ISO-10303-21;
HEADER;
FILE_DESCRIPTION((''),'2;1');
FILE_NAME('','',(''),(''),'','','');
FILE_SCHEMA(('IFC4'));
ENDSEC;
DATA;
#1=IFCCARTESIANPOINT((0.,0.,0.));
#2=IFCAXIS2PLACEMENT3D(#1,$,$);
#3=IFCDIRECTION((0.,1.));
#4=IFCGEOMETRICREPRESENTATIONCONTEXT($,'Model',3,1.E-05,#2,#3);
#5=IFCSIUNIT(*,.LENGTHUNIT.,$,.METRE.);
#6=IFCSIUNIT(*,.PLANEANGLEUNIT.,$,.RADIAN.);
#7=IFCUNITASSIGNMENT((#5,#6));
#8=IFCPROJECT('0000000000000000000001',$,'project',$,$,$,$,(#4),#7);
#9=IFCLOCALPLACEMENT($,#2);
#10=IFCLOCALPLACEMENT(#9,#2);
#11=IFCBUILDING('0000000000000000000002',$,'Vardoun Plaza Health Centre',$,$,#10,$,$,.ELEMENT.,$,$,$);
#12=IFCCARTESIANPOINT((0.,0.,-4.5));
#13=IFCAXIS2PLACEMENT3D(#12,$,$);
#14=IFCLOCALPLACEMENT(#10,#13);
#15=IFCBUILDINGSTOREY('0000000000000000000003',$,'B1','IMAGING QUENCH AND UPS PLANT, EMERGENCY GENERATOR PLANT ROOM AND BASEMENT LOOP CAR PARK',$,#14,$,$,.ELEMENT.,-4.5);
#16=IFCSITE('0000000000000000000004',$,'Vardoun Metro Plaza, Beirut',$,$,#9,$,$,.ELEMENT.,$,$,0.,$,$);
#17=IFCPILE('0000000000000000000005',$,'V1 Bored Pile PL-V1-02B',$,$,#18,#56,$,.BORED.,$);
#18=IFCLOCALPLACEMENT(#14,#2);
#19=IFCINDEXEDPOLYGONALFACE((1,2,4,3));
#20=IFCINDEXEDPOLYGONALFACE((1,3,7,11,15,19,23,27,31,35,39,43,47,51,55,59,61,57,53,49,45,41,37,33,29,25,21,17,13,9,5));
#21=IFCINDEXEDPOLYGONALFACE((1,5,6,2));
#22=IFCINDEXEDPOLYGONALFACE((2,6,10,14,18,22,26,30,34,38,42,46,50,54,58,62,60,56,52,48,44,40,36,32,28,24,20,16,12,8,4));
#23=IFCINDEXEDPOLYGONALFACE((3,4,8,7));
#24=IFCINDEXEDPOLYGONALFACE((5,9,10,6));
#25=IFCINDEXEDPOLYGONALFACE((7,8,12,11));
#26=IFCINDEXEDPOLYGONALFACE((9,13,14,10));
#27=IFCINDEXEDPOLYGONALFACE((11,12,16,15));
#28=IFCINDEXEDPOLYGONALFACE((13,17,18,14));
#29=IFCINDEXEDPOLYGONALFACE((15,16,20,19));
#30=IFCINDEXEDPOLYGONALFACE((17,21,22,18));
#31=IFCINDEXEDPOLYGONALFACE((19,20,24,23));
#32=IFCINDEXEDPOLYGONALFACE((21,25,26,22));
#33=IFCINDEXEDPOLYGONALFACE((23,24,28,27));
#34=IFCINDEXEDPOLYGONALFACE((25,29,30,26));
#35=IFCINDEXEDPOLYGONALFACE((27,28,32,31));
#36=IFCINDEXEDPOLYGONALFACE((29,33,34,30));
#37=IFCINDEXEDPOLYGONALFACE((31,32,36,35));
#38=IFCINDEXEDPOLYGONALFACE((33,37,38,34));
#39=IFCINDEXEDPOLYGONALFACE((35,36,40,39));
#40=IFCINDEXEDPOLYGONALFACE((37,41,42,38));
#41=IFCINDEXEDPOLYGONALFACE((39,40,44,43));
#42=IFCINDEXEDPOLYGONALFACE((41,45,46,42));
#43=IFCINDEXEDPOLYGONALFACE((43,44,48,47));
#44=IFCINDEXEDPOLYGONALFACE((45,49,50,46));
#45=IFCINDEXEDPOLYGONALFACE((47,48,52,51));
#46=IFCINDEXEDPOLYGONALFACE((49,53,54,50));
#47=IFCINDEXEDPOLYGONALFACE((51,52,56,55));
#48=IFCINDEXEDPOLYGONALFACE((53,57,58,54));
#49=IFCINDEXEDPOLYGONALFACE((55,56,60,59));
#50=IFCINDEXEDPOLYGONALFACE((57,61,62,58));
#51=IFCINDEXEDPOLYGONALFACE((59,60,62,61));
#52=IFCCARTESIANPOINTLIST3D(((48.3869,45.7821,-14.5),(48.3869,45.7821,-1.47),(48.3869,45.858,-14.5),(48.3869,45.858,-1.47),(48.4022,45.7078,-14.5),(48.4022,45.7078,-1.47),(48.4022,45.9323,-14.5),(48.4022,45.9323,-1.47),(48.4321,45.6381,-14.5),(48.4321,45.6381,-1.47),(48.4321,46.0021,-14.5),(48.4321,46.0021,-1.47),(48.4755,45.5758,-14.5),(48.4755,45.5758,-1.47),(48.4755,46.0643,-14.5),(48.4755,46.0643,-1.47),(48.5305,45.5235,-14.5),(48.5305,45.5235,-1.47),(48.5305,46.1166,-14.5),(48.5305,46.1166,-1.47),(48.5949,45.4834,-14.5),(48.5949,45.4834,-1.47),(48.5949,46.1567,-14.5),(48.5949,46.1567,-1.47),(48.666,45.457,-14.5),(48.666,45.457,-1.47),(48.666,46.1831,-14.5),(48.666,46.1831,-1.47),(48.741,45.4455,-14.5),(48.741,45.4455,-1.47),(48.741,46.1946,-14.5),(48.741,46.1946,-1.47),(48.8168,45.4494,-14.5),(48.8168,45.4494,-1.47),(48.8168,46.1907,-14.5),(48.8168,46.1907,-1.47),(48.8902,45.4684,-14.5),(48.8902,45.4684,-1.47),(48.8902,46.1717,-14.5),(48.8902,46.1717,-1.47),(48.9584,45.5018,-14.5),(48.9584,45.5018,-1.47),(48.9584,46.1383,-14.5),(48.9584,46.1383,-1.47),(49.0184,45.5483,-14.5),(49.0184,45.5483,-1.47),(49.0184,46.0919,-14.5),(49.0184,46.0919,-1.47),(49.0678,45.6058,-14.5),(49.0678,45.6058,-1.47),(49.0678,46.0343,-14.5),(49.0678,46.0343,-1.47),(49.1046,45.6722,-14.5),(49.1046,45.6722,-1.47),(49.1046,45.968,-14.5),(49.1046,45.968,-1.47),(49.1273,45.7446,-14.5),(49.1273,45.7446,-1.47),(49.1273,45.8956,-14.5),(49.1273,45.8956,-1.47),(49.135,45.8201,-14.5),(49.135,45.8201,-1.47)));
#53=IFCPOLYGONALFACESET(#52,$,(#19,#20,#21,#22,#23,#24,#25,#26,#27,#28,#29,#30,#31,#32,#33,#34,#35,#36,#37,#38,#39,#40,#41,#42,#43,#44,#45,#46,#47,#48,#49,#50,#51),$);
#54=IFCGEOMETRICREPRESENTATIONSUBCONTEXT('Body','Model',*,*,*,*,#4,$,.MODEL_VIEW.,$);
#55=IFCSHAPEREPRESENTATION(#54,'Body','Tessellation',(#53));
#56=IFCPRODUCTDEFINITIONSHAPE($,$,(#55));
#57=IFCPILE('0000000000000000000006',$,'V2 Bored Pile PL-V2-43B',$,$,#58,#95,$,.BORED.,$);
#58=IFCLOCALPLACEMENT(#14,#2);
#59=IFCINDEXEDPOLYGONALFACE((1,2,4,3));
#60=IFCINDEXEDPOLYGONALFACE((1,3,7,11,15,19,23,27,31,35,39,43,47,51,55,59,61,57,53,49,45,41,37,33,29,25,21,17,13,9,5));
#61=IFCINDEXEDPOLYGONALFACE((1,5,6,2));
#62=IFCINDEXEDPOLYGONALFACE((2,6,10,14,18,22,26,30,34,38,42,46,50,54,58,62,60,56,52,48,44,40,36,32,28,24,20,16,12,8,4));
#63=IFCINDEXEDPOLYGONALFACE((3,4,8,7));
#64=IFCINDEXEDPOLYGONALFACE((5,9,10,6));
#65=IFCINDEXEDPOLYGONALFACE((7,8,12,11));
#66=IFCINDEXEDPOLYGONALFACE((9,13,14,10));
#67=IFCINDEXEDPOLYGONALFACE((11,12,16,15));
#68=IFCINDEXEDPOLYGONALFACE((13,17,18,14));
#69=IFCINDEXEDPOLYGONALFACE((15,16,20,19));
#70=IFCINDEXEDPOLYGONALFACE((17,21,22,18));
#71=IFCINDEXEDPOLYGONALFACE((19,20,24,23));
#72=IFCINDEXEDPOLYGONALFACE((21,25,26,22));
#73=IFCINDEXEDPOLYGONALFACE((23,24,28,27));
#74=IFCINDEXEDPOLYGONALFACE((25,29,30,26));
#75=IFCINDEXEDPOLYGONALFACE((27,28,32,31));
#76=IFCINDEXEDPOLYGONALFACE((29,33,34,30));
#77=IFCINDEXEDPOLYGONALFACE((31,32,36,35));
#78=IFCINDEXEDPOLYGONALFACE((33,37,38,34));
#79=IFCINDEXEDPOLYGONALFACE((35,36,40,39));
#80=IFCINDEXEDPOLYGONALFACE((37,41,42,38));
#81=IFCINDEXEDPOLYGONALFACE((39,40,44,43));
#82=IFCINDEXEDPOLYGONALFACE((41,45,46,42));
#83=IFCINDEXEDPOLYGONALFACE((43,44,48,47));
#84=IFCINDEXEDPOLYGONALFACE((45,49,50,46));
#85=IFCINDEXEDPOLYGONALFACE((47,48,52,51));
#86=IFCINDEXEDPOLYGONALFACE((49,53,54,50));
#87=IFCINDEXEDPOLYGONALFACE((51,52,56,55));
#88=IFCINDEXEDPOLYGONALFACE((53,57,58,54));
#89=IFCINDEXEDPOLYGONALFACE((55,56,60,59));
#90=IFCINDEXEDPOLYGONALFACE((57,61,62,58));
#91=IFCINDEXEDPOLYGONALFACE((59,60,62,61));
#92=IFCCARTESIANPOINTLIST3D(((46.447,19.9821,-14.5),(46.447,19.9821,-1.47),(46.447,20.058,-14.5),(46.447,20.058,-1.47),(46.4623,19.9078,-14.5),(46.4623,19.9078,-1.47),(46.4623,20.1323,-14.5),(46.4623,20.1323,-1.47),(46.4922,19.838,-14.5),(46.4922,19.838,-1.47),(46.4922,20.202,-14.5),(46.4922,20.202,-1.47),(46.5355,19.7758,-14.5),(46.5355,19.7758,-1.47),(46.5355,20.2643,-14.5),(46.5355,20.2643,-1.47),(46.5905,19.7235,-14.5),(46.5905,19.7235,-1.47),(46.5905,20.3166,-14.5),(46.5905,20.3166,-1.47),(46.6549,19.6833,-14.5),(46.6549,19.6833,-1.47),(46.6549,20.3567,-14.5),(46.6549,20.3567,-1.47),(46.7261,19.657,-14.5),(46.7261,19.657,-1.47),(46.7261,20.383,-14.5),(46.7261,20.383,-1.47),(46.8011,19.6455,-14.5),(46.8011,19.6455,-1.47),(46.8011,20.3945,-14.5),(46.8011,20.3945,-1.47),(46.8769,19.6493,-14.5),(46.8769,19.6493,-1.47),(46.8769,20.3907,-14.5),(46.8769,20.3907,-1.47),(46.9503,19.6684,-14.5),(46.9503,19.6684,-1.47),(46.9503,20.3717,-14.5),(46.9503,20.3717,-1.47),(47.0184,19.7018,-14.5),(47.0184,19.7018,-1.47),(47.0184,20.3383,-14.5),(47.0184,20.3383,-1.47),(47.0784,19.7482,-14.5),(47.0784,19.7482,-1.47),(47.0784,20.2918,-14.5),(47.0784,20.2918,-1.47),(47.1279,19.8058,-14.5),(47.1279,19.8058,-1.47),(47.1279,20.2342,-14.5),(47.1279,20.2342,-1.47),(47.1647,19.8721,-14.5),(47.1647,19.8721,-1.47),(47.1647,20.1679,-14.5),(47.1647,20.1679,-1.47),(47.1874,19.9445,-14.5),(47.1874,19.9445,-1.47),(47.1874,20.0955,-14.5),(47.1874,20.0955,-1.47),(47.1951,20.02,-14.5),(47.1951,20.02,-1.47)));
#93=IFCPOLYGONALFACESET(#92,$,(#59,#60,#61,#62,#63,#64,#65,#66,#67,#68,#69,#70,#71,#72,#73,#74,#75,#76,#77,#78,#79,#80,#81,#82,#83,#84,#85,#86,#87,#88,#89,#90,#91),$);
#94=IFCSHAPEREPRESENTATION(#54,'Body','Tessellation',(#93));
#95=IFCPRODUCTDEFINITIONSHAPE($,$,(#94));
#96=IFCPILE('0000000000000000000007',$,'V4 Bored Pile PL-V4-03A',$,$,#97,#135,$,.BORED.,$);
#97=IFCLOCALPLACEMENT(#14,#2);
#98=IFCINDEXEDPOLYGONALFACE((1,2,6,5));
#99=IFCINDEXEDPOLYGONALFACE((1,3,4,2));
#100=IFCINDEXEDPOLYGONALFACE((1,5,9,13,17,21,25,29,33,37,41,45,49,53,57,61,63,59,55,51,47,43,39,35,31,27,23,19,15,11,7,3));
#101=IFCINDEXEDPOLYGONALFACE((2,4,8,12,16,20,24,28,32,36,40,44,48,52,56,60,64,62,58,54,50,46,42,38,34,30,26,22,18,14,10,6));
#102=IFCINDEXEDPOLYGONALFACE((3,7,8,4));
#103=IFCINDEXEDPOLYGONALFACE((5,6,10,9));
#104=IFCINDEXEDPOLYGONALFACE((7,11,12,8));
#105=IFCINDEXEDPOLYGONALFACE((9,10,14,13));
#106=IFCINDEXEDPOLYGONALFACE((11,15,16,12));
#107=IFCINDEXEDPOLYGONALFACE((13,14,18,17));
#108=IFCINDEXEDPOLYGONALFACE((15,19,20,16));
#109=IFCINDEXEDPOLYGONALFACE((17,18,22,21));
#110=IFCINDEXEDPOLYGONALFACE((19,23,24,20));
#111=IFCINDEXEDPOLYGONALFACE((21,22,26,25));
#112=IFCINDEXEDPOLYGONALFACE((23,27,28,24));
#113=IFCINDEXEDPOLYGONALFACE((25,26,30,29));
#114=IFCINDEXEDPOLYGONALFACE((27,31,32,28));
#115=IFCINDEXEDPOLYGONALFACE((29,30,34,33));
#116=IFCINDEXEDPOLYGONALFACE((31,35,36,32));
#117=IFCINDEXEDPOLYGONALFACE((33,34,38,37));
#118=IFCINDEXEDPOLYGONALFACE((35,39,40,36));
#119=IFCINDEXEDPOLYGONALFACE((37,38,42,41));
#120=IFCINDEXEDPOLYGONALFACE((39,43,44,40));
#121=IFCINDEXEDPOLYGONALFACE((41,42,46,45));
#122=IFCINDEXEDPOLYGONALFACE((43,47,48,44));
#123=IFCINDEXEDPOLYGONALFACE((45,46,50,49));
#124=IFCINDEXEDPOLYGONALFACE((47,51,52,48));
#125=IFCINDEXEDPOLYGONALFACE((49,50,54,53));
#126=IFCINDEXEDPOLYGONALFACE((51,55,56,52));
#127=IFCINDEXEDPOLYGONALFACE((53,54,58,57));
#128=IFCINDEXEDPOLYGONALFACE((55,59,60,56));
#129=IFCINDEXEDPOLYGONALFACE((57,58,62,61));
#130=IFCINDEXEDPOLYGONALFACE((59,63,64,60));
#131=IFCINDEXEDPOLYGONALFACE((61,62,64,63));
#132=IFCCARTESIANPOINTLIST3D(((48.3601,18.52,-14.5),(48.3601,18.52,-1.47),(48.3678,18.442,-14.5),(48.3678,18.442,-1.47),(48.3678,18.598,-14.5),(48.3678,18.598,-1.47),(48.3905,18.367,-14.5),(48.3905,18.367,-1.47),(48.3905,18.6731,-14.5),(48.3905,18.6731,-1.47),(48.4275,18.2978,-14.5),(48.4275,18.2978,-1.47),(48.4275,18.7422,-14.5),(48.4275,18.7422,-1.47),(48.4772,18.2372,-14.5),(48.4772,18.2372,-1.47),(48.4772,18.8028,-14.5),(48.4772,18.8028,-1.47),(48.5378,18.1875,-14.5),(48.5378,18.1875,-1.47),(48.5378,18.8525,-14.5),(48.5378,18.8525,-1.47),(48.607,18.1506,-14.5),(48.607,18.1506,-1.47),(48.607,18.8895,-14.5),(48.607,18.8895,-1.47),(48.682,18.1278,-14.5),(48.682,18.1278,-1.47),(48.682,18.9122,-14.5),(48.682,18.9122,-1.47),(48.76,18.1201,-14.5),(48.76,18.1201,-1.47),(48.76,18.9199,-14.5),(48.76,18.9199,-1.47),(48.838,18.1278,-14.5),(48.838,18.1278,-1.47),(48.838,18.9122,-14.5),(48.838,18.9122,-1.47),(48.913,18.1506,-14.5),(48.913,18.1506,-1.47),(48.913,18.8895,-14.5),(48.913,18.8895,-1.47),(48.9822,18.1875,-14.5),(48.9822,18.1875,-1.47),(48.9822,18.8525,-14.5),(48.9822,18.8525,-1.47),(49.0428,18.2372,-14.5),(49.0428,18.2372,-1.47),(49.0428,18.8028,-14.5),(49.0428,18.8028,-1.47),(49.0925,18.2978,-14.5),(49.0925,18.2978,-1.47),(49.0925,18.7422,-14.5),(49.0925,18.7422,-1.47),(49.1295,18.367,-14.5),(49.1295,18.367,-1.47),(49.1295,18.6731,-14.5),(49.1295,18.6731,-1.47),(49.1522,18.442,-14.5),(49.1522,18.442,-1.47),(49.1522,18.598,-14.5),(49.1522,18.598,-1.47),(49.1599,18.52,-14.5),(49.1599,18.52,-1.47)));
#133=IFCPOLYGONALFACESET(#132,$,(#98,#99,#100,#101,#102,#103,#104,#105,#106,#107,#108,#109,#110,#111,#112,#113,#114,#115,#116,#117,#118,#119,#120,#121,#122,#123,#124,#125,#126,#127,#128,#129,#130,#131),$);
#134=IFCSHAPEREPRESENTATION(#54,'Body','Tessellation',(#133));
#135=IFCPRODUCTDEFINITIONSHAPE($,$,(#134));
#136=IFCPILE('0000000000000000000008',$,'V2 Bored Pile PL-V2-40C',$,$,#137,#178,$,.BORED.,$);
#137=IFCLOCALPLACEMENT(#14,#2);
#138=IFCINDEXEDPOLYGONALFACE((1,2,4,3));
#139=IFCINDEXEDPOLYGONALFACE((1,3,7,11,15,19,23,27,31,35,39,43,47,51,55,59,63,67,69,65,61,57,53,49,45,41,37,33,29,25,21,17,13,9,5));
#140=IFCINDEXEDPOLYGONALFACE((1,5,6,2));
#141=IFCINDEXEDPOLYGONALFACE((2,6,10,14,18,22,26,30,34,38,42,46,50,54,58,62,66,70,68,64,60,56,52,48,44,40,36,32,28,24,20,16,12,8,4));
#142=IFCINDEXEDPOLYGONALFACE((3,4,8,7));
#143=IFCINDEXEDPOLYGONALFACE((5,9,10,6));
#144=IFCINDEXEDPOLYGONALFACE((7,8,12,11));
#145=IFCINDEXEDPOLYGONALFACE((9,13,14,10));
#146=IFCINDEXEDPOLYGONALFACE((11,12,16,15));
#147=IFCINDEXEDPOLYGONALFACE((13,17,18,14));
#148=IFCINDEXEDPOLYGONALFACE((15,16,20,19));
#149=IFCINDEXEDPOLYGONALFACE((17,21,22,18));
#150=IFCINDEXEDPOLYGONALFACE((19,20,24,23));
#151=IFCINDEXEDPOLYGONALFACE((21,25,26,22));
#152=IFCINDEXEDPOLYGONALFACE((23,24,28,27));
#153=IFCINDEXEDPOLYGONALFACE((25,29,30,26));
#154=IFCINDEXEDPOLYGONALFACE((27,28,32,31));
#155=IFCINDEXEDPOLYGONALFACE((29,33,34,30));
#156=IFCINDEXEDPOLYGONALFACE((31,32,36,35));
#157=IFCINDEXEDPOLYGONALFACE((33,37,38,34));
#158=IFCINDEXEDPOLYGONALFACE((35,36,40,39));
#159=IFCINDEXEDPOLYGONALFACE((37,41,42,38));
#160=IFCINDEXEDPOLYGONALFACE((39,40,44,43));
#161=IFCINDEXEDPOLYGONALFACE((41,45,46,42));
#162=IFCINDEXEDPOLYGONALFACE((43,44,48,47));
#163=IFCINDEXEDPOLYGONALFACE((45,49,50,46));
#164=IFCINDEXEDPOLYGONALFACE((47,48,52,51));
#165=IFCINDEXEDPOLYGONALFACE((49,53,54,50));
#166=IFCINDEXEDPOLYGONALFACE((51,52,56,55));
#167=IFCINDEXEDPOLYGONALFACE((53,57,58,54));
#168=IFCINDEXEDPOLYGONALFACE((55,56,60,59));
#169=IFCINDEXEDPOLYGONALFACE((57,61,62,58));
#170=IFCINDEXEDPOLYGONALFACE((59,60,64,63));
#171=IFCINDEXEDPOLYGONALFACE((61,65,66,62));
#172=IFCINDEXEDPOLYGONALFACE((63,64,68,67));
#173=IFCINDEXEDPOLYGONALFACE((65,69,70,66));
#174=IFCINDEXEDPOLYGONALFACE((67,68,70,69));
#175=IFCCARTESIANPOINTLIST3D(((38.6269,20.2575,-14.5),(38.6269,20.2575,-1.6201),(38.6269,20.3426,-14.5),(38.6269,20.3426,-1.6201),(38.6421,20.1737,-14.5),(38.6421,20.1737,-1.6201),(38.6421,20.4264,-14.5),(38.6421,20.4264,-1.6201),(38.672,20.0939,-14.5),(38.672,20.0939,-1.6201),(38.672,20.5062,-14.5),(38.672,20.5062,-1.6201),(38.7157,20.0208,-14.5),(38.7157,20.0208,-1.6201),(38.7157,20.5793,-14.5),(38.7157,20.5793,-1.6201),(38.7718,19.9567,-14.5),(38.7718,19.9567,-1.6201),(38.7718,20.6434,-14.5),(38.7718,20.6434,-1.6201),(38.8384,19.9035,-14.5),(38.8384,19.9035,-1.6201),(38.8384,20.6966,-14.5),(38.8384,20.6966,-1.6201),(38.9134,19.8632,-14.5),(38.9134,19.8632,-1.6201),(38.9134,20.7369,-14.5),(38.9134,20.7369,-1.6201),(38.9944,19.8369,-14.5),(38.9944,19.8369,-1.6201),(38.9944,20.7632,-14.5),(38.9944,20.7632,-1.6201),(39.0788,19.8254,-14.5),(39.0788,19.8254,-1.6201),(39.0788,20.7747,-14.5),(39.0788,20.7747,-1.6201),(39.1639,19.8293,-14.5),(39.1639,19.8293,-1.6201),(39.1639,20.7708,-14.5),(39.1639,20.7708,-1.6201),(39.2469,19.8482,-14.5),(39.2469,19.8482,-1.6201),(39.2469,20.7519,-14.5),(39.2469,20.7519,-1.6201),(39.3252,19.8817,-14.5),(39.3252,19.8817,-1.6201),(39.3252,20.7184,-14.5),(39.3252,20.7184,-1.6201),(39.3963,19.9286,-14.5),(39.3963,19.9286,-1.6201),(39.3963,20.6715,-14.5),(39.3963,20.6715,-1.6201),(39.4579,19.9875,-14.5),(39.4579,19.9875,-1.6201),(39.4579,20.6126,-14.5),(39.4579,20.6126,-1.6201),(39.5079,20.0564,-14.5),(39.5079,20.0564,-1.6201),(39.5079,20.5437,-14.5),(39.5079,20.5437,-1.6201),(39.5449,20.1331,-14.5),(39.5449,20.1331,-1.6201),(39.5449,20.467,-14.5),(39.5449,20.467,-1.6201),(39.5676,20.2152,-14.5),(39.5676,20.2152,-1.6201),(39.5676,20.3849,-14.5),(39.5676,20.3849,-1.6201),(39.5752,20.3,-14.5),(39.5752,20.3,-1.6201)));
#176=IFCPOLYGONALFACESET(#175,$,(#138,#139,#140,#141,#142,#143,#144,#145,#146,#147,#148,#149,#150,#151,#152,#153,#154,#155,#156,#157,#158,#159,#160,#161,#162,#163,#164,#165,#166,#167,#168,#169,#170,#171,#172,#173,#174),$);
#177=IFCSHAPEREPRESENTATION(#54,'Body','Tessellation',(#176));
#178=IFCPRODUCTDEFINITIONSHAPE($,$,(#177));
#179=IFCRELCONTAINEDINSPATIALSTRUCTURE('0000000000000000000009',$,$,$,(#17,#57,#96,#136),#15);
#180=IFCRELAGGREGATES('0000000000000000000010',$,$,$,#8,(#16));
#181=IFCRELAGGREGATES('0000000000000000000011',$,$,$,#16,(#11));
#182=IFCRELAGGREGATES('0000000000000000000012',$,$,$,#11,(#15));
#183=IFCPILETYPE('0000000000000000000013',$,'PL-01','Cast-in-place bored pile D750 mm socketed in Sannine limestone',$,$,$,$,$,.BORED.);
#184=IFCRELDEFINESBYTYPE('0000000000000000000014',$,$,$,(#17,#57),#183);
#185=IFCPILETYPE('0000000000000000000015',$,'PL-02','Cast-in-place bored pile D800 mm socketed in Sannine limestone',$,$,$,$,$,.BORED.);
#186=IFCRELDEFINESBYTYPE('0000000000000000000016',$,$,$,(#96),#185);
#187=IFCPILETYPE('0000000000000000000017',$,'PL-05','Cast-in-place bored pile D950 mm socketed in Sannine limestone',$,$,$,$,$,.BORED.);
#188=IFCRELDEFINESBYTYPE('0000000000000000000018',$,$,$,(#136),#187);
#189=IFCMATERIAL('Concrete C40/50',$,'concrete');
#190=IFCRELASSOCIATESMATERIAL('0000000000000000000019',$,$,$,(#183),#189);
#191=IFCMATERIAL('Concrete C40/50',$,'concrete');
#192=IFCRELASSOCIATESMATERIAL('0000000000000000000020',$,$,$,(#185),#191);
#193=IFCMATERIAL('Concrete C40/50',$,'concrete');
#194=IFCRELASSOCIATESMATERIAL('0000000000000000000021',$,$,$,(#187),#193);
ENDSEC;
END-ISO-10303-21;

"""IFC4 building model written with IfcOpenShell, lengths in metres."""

from ifc_helpers import new_model, si_unit, direction, frame, origin, origin_2d, place, context, subcontext, project, spatial, circle, extrude, material, material_profile, profile_set, type_object, element, save


model = new_model("IFC4")

# Units and contexts
model_context = context("Model", 3, precision=1e-05, world=origin(), true_north=direction((0.0, 1.0)))
body_context = subcontext(model_context, "Body", "Model", "MODEL_VIEW")
ifc_project = project(units=[si_unit("LENGTHUNIT", "METRE"), si_unit("PLANEANGLEUNIT", "RADIAN")], contexts=[model_context])

# Site, building, storey
site_placement = place(None, origin())
site = spatial("IfcSite", under=ifc_project, at=site_placement, Name="Vardoun Metro Plaza, Beirut", CompositionType="ELEMENT", RefElevation=0.0)
building_placement = place(site_placement, origin())
building = spatial("IfcBuilding", under=site, at=building_placement, Name="Vardoun Plaza Health Centre", CompositionType="ELEMENT")
storey_placement = place(building_placement, frame((0.0, 0.0, -4.5)))
storey = spatial("IfcBuildingStorey", under=building, at=storey_placement, Name="B1", Description="IMAGING QUENCH AND UPS PLANT, EMERGENCY GENERATOR PLANT ROOM AND BASEMENT LOOP CAR PARK", CompositionType="ELEMENT", Elevation=-4.5)

# Piles
ifc_material_1 = material(Name="Concrete C40/50", Category="concrete")
ifc_material_profile_1 = material_profile(ifc_material_1, circle(Radius=0.375, at=origin_2d()), Name="PILE D750")
ifc_profile_set_1 = profile_set([ifc_material_profile_1], Name="Concrete C40/50")
pile_type_1 = type_object("IfcPileType", Name="PL-01", Description="Cast-in-place bored pile D750 mm socketed in Sannine limestone", PredefinedType="BORED", material=ifc_profile_set_1)
for number, where, z_axis, x_axis, name in (
    (1, (48.76, 45.8201, -1.47), (0.0, 0.0, -1.0), (1.0, 0.0, 0.0), "V1 Bored Pile PL-V1-02B"),
    (2, (46.8201, 20.02, -1.47), (0.0, 0.0, -1.0), (1.0, 0.0, 0.0), "V2 Bored Pile PL-V2-43B"),
):
    element("IfcPile", number, at=place(storey_placement, frame(where, z_axis=z_axis, x_axis=x_axis)), inside=storey, type_object=pile_type_1, Name=name, PredefinedType="BORED", context=body_context, shape_type="SweptSolid", body=[
        extrude(circle(Radius=0.375, at=origin_2d()), origin(), (0.0, 0.0, 1.0), 13.03),
    ])
ifc_material_2 = material(Name="Concrete C40/50", Category="concrete")
ifc_material_profile_2 = material_profile(ifc_material_2, circle(Radius=0.3999, at=origin_2d()), Name="PILE D800")
ifc_profile_set_2 = profile_set([ifc_material_profile_2], Name="Concrete C40/50")
pile_type_2 = type_object("IfcPileType", Name="PL-02", Description="Cast-in-place bored pile D800 mm socketed in Sannine limestone", PredefinedType="BORED", material=ifc_profile_set_2)
pile_1_placement = place(storey_placement, frame((48.76, 18.52, -1.47), z_axis=(0.0, 0.0, -1.0), x_axis=(1.0, 0.0, 0.0)))
element("IfcPile", 3, at=pile_1_placement, inside=storey, type_object=pile_type_2, Name="V4 Bored Pile PL-V4-03A", PredefinedType="BORED", context=body_context, shape_type="SweptSolid", body=[
    extrude(circle(Radius=0.3999, at=origin_2d()), origin(), (0.0, 0.0, 1.0), 13.03),
])
ifc_material_3 = material(Name="Concrete C40/50", Category="concrete")
ifc_material_profile_3 = material_profile(ifc_material_3, circle(Radius=0.4751, at=origin_2d()), Name="PILE D950")
ifc_profile_set_3 = profile_set([ifc_material_profile_3], Name="Concrete C40/50")
pile_type_3 = type_object("IfcPileType", Name="PL-05", Description="Cast-in-place bored pile D950 mm socketed in Sannine limestone", PredefinedType="BORED", material=ifc_profile_set_3)
for number, where, z_axis, x_axis, name in (
    (4, (39.1001, 20.3, -1.6201), (0.0, 0.0, -1.0), (1.0, 0.0, 0.0), "V2 Bored Pile PL-V2-40C"),
):
    element("IfcPile", number, at=place(storey_placement, frame(where, z_axis=z_axis, x_axis=x_axis)), inside=storey, type_object=pile_type_3, Name=name, PredefinedType="BORED", context=body_context, shape_type="SweptSolid", body=[
        extrude(circle(Radius=0.4751, at=origin_2d()), origin(), (0.0, 0.0, 1.0), 12.8799),
    ])

save(model, "model.ifc")
